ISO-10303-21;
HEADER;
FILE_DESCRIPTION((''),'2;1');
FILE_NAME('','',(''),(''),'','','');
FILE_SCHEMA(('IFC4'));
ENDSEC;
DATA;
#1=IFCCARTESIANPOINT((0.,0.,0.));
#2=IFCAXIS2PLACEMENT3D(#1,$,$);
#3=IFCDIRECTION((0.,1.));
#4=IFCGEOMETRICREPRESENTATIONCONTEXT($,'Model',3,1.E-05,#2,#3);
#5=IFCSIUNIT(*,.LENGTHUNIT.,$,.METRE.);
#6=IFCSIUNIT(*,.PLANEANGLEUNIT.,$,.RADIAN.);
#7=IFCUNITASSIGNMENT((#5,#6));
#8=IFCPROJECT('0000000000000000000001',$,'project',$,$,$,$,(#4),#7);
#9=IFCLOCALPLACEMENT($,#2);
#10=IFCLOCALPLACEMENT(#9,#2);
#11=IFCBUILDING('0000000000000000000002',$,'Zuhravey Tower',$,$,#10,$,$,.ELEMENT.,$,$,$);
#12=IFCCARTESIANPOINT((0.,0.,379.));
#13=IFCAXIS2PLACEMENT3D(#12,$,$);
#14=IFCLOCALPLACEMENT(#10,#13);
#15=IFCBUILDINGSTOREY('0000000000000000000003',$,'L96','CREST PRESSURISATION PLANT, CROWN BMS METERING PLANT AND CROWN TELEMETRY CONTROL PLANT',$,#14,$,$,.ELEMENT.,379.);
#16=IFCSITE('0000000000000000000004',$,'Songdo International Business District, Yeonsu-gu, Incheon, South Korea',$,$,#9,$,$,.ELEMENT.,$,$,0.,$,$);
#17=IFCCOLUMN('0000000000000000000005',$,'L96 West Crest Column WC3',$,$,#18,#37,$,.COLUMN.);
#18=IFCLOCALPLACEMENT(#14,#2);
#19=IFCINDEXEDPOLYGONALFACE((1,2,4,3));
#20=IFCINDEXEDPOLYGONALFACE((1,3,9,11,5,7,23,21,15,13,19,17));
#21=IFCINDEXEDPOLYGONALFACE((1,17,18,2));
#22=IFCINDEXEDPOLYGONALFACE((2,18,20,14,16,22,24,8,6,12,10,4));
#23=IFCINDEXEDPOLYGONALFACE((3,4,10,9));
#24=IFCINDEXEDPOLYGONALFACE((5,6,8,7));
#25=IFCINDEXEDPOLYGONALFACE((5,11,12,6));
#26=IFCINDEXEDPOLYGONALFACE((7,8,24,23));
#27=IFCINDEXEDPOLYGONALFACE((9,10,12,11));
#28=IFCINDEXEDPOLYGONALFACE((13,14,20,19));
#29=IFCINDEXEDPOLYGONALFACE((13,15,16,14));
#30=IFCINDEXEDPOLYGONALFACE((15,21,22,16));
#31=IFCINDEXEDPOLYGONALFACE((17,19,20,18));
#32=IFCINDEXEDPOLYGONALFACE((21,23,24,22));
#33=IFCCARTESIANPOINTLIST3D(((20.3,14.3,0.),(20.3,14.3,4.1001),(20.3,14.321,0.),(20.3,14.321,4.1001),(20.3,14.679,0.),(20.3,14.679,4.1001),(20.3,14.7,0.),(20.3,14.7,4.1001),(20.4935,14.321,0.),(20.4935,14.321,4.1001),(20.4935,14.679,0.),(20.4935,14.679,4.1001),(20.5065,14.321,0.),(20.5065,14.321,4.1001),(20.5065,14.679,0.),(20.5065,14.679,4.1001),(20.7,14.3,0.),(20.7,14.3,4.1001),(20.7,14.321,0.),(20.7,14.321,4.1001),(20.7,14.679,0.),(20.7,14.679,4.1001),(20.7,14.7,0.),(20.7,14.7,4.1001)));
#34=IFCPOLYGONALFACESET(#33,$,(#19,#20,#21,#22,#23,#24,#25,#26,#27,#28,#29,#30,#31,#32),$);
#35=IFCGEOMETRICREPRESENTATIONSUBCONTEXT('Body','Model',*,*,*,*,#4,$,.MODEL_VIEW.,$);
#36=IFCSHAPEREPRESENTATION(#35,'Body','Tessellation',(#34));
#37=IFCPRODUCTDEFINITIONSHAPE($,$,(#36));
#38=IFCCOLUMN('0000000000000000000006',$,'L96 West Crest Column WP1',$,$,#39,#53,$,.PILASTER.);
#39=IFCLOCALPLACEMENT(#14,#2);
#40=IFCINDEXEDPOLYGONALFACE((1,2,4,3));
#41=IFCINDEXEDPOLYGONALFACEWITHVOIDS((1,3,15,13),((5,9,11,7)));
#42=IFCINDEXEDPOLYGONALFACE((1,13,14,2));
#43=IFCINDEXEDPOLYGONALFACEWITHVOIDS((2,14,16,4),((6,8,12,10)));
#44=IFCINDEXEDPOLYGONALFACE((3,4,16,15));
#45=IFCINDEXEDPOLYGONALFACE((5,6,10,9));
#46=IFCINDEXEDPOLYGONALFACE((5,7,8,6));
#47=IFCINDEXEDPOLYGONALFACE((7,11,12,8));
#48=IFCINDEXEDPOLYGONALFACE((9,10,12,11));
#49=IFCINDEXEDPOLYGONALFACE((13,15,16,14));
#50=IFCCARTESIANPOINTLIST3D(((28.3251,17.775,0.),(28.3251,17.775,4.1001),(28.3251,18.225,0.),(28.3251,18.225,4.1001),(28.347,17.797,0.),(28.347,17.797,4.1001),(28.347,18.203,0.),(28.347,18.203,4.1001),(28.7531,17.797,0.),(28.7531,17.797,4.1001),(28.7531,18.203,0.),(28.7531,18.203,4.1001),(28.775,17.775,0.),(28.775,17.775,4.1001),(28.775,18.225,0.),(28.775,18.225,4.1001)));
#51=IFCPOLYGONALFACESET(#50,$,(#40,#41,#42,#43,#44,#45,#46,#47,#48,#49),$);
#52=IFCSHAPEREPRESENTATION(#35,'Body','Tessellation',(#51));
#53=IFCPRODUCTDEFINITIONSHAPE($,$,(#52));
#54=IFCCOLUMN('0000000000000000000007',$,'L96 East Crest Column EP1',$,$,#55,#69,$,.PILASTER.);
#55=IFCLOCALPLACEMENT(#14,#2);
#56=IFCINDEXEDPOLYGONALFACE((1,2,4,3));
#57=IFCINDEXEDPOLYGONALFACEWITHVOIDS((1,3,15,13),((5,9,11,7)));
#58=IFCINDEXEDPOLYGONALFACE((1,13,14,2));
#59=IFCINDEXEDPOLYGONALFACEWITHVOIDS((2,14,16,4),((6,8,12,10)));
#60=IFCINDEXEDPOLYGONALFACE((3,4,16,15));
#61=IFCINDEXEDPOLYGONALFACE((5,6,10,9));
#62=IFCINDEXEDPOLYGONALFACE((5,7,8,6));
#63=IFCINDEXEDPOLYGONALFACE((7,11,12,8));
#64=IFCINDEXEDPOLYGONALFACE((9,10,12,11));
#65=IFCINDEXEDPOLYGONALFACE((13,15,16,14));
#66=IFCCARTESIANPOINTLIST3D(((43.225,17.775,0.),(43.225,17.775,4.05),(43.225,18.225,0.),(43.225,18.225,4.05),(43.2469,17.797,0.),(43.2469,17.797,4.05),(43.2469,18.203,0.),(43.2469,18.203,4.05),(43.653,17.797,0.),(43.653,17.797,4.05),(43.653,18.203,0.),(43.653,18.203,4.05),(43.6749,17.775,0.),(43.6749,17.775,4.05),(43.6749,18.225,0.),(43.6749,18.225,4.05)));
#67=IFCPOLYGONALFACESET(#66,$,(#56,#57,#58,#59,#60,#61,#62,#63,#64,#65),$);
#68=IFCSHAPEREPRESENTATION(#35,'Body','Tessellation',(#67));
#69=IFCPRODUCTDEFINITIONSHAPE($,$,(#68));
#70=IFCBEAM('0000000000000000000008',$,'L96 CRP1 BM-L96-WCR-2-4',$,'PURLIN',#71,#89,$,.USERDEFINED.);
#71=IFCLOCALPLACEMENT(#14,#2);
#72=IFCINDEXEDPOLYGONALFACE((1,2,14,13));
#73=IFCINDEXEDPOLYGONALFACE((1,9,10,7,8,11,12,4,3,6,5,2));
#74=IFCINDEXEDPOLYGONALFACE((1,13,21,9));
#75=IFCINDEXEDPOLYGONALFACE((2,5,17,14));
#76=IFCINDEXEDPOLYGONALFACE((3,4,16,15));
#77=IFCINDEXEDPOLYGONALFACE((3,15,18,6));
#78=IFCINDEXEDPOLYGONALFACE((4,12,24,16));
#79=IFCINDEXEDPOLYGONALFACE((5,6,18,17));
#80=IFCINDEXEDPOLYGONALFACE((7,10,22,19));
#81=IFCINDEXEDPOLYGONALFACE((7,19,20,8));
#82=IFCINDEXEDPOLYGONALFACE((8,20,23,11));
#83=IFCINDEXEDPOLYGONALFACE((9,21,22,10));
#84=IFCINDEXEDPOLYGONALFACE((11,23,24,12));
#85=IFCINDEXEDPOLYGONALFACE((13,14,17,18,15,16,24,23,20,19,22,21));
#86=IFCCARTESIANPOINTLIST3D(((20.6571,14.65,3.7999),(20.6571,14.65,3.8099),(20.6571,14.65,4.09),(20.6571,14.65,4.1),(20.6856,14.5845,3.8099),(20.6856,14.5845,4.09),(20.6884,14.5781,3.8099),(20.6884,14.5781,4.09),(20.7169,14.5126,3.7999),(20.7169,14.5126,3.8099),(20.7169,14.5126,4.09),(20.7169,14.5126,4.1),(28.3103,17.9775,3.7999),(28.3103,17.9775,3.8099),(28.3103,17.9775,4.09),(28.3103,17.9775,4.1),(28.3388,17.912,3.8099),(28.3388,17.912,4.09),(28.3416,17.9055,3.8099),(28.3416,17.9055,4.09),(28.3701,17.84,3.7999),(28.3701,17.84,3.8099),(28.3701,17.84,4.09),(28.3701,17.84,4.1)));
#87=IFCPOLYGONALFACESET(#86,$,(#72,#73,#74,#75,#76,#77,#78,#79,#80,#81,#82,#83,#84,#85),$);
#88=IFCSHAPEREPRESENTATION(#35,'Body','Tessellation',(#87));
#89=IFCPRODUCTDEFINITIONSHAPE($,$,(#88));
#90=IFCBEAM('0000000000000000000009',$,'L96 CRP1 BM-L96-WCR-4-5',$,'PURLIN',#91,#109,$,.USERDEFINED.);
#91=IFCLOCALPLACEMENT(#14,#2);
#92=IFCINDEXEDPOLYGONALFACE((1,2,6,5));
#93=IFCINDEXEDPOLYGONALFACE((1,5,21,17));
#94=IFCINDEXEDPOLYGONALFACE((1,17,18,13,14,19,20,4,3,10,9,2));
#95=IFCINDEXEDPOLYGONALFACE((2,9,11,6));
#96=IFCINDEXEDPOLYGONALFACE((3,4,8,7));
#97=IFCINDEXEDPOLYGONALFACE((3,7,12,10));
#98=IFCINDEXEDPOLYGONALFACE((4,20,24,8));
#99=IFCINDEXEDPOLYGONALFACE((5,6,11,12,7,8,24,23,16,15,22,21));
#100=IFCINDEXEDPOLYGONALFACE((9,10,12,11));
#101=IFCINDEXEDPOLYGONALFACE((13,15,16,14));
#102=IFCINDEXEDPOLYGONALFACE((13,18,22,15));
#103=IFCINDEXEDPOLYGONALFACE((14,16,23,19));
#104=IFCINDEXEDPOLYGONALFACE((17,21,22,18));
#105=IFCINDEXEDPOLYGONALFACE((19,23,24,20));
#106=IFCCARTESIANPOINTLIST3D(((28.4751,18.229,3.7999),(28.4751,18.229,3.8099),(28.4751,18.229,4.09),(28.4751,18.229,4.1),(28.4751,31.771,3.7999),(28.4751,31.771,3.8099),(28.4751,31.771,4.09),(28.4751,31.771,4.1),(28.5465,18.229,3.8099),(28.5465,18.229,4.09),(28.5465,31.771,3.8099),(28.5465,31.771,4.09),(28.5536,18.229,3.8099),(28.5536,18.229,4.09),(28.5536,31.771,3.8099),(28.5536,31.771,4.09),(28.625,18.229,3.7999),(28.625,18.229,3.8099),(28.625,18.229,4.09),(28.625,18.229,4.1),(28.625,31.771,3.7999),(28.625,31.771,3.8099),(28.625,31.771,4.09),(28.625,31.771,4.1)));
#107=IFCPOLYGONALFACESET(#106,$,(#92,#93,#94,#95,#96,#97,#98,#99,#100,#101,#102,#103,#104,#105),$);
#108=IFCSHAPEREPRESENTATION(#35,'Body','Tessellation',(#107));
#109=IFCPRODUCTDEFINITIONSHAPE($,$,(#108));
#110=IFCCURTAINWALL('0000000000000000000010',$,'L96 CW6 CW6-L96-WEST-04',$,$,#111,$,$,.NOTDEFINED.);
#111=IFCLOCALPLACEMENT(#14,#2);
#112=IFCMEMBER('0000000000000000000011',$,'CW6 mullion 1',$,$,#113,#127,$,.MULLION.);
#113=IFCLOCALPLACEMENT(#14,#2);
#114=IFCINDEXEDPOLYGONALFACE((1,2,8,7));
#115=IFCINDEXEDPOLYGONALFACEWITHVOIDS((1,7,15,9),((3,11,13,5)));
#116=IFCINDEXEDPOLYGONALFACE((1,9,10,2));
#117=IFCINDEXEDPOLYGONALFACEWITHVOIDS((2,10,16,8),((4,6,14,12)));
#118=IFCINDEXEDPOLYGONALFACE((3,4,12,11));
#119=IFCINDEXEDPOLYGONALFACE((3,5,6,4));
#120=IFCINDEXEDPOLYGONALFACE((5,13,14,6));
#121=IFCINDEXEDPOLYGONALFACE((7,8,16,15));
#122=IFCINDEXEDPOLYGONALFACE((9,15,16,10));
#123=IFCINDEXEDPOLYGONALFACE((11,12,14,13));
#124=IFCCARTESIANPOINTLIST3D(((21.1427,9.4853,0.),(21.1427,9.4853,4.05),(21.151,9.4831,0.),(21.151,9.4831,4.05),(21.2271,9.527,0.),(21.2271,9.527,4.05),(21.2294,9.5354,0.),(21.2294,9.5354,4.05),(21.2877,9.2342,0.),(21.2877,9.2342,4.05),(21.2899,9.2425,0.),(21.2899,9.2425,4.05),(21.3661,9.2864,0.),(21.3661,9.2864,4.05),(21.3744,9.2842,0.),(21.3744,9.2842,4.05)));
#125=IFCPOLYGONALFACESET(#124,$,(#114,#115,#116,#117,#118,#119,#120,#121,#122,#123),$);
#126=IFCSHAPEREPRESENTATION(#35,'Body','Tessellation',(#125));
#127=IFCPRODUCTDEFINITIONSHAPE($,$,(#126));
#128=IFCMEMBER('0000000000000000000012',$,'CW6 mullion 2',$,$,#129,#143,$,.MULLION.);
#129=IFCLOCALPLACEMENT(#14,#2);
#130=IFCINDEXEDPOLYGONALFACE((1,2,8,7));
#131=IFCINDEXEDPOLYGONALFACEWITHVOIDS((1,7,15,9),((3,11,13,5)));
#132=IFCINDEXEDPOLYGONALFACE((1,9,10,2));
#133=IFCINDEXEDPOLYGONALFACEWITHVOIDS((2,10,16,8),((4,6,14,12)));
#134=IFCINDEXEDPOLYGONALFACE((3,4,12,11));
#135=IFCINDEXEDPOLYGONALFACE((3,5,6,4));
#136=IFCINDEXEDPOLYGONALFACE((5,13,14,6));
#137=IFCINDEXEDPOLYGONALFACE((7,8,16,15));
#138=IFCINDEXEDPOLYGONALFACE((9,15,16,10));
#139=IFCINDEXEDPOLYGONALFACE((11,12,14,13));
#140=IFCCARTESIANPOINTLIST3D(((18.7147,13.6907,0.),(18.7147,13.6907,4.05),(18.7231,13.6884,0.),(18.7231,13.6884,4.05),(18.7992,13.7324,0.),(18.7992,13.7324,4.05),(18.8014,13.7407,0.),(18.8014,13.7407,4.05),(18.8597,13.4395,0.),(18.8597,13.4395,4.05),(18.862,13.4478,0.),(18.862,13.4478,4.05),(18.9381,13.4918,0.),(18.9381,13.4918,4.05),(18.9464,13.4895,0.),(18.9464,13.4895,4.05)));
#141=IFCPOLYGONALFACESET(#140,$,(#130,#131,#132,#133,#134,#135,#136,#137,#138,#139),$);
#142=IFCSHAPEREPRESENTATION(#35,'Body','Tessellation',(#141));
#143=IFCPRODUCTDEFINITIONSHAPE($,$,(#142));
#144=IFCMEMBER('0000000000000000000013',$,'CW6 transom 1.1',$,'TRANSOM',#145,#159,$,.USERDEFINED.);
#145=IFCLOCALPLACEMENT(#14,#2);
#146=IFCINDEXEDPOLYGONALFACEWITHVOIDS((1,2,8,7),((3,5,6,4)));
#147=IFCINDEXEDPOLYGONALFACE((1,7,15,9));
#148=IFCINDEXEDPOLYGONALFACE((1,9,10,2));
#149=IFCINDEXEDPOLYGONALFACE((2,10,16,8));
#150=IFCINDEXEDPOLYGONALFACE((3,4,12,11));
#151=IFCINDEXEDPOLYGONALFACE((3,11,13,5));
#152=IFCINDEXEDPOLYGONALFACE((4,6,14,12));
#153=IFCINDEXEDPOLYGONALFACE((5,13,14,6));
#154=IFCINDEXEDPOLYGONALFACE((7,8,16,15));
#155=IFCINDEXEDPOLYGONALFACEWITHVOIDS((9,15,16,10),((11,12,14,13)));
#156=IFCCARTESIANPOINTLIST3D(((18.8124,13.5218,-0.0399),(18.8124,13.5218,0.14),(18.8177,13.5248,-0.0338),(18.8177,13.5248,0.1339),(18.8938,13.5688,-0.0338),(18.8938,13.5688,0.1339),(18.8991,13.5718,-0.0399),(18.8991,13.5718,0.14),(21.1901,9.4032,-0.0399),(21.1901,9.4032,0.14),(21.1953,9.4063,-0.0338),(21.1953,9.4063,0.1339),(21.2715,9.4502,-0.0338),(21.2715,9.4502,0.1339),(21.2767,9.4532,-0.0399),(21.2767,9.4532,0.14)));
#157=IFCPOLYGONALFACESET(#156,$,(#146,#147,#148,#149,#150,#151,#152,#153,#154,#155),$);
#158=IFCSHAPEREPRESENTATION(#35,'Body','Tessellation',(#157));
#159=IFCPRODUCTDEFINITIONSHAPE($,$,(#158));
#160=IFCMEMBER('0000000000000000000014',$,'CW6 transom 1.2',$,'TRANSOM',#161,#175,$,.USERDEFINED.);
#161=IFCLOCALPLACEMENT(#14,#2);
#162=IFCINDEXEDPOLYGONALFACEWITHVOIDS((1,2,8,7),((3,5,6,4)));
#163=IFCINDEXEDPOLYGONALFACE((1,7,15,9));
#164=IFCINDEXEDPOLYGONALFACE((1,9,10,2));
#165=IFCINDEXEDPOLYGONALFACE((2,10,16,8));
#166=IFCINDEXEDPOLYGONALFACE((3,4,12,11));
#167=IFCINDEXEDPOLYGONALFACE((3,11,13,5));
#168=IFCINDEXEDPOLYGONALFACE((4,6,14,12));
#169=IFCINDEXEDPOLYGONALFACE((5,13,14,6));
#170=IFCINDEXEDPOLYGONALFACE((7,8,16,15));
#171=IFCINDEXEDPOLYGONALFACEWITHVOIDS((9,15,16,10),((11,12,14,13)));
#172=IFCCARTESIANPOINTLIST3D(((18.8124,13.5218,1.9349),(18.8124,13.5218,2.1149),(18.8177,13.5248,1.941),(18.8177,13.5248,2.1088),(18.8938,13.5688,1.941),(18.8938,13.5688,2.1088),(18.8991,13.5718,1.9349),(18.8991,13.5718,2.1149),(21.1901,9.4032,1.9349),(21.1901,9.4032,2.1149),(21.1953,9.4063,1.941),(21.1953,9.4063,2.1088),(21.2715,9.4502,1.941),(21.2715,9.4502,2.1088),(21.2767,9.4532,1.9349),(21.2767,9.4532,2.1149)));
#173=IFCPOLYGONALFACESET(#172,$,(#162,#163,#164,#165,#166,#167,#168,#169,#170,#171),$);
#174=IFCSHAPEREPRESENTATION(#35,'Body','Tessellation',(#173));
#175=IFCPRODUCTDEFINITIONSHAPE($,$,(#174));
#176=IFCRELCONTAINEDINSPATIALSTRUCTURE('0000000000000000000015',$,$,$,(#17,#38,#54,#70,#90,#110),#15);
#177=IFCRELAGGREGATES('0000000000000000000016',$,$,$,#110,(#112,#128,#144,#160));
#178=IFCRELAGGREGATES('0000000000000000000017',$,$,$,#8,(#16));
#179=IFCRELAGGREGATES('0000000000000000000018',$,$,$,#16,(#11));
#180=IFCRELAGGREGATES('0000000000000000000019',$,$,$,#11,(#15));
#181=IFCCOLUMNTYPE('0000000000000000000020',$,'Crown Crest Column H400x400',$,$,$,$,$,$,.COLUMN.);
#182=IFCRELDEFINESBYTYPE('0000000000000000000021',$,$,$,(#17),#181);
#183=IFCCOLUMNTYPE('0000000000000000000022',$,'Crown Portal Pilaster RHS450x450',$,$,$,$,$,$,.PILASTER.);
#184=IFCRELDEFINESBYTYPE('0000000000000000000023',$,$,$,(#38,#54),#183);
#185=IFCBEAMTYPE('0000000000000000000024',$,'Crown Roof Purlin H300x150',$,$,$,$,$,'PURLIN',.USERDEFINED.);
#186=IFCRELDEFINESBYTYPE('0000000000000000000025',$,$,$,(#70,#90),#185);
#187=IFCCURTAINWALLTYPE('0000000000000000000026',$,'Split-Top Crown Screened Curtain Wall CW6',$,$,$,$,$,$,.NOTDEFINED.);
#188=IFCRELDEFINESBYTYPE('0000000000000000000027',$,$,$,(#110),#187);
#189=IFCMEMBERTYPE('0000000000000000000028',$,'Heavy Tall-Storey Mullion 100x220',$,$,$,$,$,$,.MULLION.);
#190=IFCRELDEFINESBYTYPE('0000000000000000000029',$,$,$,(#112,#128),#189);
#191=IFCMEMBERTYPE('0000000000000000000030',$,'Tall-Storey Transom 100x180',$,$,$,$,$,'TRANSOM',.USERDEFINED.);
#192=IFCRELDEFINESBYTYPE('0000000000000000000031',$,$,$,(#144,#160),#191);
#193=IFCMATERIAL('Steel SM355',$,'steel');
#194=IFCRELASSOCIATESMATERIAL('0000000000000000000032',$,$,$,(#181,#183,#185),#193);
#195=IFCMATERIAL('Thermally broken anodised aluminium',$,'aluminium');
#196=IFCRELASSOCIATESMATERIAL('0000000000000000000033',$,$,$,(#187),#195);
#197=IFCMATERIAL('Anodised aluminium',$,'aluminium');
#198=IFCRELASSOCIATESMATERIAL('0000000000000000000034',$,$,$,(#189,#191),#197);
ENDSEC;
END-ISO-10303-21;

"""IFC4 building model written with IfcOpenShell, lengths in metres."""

from ifc_helpers import new_model, si_unit, direction, frame, origin, origin_2d, place, context, subcontext, project, spatial, hollow_rectangle, i_section, extrude, material, material_profile, profile_set, type_object, element, aggregate, save


model = new_model("IFC4")

# Units and contexts
model_context = context("Model", 3, precision=1e-05, world=origin(), true_north=direction((0.0, 1.0)))
body_context = subcontext(model_context, "Body", "Model", "MODEL_VIEW")
ifc_project = project(units=[si_unit("LENGTHUNIT", "METRE"), si_unit("PLANEANGLEUNIT", "RADIAN")], contexts=[model_context])

# Site, building, storey
site_placement = place(None, origin())
site = spatial("IfcSite", under=ifc_project, at=site_placement, Name="Songdo International Business District, Yeonsu-gu, Incheon, South Korea", CompositionType="ELEMENT", RefElevation=0.0)
building_placement = place(site_placement, origin())
building = spatial("IfcBuilding", under=site, at=building_placement, Name="Zuhravey Tower", CompositionType="ELEMENT")
storey_placement = place(building_placement, frame((0.0, 0.0, 379.0)))
storey = spatial("IfcBuildingStorey", under=building, at=storey_placement, Name="L96", Description="CREST PRESSURISATION PLANT, CROWN BMS METERING PLANT AND CROWN TELEMETRY CONTROL PLANT", CompositionType="ELEMENT", Elevation=379.0)

# Columns
ifc_material_1 = material(Name="Steel SM355", Category="steel")
ifc_material_profile_1 = material_profile(ifc_material_1, i_section(OverallWidth=0.3999, OverallDepth=0.3999, WebThickness=0.0129, FlangeThickness=0.021, at=origin_2d()), Name="H-400x400x13x21")
ifc_profile_set_1 = profile_set([ifc_material_profile_1], Name="Steel SM355")
column_type_1 = type_object("IfcColumnType", Name="Crown Crest Column H400x400", PredefinedType="COLUMN", material=ifc_profile_set_1)
column_1_placement = place(storey_placement, frame((20.5, 14.5, 0.0), z_axis=(0.0, 0.0, 1.0), x_axis=(1.0, 0.0, 0.0)))
element("IfcColumn", 1, at=column_1_placement, inside=storey, type_object=column_type_1, Name="L96 West Crest Column WC3", PredefinedType="COLUMN", context=body_context, shape_type="SweptSolid", body=[
    extrude(i_section(OverallWidth=0.3999, OverallDepth=0.3999, WebThickness=0.0129, FlangeThickness=0.021, at=origin_2d()), origin(), (0.0, 0.0, 1.0), 4.1001),
])
ifc_material_profile_2 = material_profile(ifc_material_1, hollow_rectangle(XDim=0.45, YDim=0.45, WallThickness=0.022, at=origin_2d()), Name="RHS-450x450x22")
ifc_profile_set_2 = profile_set([ifc_material_profile_2], Name="Steel SM355")
column_type_2 = type_object("IfcColumnType", Name="Crown Portal Pilaster RHS450x450", PredefinedType="PILASTER", material=ifc_profile_set_2)
column_2_placement = place(storey_placement, frame((28.55, 18.0, 0.0), z_axis=(0.0, 0.0, 1.0), x_axis=(1.0, 0.0, 0.0)))
element("IfcColumn", 2, at=column_2_placement, inside=storey, type_object=column_type_2, Name="L96 West Crest Column WP1", PredefinedType="PILASTER", context=body_context, shape_type="SweptSolid", body=[
    extrude(hollow_rectangle(XDim=0.45, YDim=0.45, WallThickness=0.022, at=origin_2d()), origin(), (0.0, 0.0, 1.0), 4.1001),
])
column_3_placement = place(storey_placement, frame((43.45, 18.0, 0.0), z_axis=(0.0, 0.0, 1.0), x_axis=(1.0, 0.0, 0.0)))
element("IfcColumn", 3, at=column_3_placement, inside=storey, type_object=column_type_2, Name="L96 East Crest Column EP1", PredefinedType="PILASTER", context=body_context, shape_type="SweptSolid", body=[
    extrude(hollow_rectangle(XDim=0.45, YDim=0.45, WallThickness=0.022, at=origin_2d()), origin(), (0.0, 0.0, 1.0), 4.05),
])

# Beams
ifc_material_profile_3 = material_profile(ifc_material_1, i_section(OverallWidth=0.1499, OverallDepth=0.3, WebThickness=0.0071, FlangeThickness=0.01, at=origin_2d()), Name="H-300x150x7x10")
ifc_profile_set_3 = profile_set([ifc_material_profile_3], Name="Steel SM355")
beam_type = type_object("IfcBeamType", Name="Crown Roof Purlin H300x150", ElementType="PURLIN", PredefinedType="USERDEFINED", material=ifc_profile_set_3)
beam_1_placement = place(storey_placement, frame((20.687, 14.5813, 3.95), z_axis=(0.917071, 0.398723, 0.0), x_axis=(-0.398723, 0.917071, 0.0)))
element("IfcBeam", 4, at=beam_1_placement, inside=storey, type_object=beam_type, Name="L96 CRP1 BM-L96-WCR-2-4", ObjectType="PURLIN", PredefinedType="USERDEFINED", context=body_context, shape_type="SweptSolid", body=[
    extrude(i_section(OverallWidth=0.1499, OverallDepth=0.3, WebThickness=0.0071, FlangeThickness=0.01, at=origin_2d()), origin(), (0.0, 0.0, 1.0), 8.3452),
])
beam_2_placement = place(storey_placement, frame((28.55, 18.229, 3.95), z_axis=(0.0, 1.0, 0.0), x_axis=(-1.0, 0.0, 0.0)))
element("IfcBeam", 5, at=beam_2_placement, inside=storey, type_object=beam_type, Name="L96 CRP1 BM-L96-WCR-4-5", ObjectType="PURLIN", PredefinedType="USERDEFINED", context=body_context, shape_type="SweptSolid", body=[
    extrude(i_section(OverallWidth=0.1499, OverallDepth=0.3, WebThickness=0.0071, FlangeThickness=0.01, at=origin_2d()), origin(), (0.0, 0.0, 1.0), 13.542),
])

# Curtain wall, members
ifc_material_2 = material(Name="Thermally broken anodised aluminium", Category="aluminium")
curtain_wall_type = type_object("IfcCurtainWallType", Name="Split-Top Crown Screened Curtain Wall CW6", PredefinedType="NOTDEFINED", material=ifc_material_2)
curtain_wall_placement = place(storey_placement, origin())
curtain_wall = element("IfcCurtainWall", 6, at=curtain_wall_placement, inside=storey, type_object=curtain_wall_type, Name="L96 CW6 CW6-L96-WEST-04", PredefinedType="NOTDEFINED")
ifc_material_3 = material(Name="Anodised aluminium", Category="aluminium")
ifc_material_profile_4 = material_profile(ifc_material_3, hollow_rectangle(XDim=0.1001, YDim=0.29, WallThickness=0.0061, at=origin_2d()), Name="ALU-RHS-100x290x6")
ifc_profile_set_4 = profile_set([ifc_material_profile_4], Name="Anodised aluminium")
member_type_1 = type_object("IfcMemberType", Name="Heavy Tall-Storey Mullion 100x220", PredefinedType="MULLION", material=ifc_profile_set_4)
member_1_placement = place(storey_placement, frame((21.2585, 9.3848, 0.0), z_axis=(0.0, 0.0, 1.0), x_axis=(-0.866027, -0.499997, 0.0)))
member_1 = element("IfcMember", 7, at=member_1_placement, type_object=member_type_1, Name="CW6 mullion 1", PredefinedType="MULLION", context=body_context, shape_type="SweptSolid", body=[
    extrude(hollow_rectangle(XDim=0.1001, YDim=0.29, WallThickness=0.0061, at=origin_2d()), origin(), (0.0, 0.0, 1.0), 4.05),
])
member_2_placement = place(storey_placement, frame((18.8306, 13.5901, 0.0), z_axis=(0.0, 0.0, 1.0), x_axis=(-0.866027, -0.499997, 0.0)))
member_2 = element("IfcMember", 8, at=member_2_placement, type_object=member_type_1, Name="CW6 mullion 2", PredefinedType="MULLION", context=body_context, shape_type="SweptSolid", body=[
    extrude(hollow_rectangle(XDim=0.1001, YDim=0.29, WallThickness=0.0061, at=origin_2d()), origin(), (0.0, 0.0, 1.0), 4.05),
])
ifc_material_profile_5 = material_profile(ifc_material_3, hollow_rectangle(XDim=0.1001, YDim=0.1799, WallThickness=0.0061, at=origin_2d()), Name="ALU-RHS-100x180x6")
ifc_profile_set_5 = profile_set([ifc_material_profile_5], Name="Anodised aluminium")
member_type_2 = type_object("IfcMemberType", Name="Tall-Storey Transom 100x180", ElementType="TRANSOM", PredefinedType="USERDEFINED", material=ifc_profile_set_5)
member_3_placement = place(storey_placement, frame((21.2334, 9.4282, 0.05), z_axis=(-0.499965, 0.866045, 0.0), x_axis=(-0.866045, -0.499965, 0.0)))
member_3 = element("IfcMember", 9, at=member_3_placement, type_object=member_type_2, Name="CW6 transom 1.1", ObjectType="TRANSOM", PredefinedType="USERDEFINED", context=body_context, shape_type="SweptSolid", body=[
    extrude(hollow_rectangle(XDim=0.1001, YDim=0.1799, WallThickness=0.0061, at=origin_2d()), origin(), (0.0, 0.0, 1.0), 4.7556),
])
member_4_placement = place(storey_placement, frame((21.2334, 9.4282, 2.0249), z_axis=(-0.499965, 0.866045, 0.0), x_axis=(-0.866045, -0.499965, 0.0)))
member_4 = element("IfcMember", 10, at=member_4_placement, type_object=member_type_2, Name="CW6 transom 1.2", ObjectType="TRANSOM", PredefinedType="USERDEFINED", context=body_context, shape_type="SweptSolid", body=[
    extrude(hollow_rectangle(XDim=0.1001, YDim=0.1799, WallThickness=0.0061, at=origin_2d()), origin(), (0.0, 0.0, 1.0), 4.7556),
])
aggregate(curtain_wall, [member_1, member_2, member_3, member_4])

save(model, "model.ifc")
